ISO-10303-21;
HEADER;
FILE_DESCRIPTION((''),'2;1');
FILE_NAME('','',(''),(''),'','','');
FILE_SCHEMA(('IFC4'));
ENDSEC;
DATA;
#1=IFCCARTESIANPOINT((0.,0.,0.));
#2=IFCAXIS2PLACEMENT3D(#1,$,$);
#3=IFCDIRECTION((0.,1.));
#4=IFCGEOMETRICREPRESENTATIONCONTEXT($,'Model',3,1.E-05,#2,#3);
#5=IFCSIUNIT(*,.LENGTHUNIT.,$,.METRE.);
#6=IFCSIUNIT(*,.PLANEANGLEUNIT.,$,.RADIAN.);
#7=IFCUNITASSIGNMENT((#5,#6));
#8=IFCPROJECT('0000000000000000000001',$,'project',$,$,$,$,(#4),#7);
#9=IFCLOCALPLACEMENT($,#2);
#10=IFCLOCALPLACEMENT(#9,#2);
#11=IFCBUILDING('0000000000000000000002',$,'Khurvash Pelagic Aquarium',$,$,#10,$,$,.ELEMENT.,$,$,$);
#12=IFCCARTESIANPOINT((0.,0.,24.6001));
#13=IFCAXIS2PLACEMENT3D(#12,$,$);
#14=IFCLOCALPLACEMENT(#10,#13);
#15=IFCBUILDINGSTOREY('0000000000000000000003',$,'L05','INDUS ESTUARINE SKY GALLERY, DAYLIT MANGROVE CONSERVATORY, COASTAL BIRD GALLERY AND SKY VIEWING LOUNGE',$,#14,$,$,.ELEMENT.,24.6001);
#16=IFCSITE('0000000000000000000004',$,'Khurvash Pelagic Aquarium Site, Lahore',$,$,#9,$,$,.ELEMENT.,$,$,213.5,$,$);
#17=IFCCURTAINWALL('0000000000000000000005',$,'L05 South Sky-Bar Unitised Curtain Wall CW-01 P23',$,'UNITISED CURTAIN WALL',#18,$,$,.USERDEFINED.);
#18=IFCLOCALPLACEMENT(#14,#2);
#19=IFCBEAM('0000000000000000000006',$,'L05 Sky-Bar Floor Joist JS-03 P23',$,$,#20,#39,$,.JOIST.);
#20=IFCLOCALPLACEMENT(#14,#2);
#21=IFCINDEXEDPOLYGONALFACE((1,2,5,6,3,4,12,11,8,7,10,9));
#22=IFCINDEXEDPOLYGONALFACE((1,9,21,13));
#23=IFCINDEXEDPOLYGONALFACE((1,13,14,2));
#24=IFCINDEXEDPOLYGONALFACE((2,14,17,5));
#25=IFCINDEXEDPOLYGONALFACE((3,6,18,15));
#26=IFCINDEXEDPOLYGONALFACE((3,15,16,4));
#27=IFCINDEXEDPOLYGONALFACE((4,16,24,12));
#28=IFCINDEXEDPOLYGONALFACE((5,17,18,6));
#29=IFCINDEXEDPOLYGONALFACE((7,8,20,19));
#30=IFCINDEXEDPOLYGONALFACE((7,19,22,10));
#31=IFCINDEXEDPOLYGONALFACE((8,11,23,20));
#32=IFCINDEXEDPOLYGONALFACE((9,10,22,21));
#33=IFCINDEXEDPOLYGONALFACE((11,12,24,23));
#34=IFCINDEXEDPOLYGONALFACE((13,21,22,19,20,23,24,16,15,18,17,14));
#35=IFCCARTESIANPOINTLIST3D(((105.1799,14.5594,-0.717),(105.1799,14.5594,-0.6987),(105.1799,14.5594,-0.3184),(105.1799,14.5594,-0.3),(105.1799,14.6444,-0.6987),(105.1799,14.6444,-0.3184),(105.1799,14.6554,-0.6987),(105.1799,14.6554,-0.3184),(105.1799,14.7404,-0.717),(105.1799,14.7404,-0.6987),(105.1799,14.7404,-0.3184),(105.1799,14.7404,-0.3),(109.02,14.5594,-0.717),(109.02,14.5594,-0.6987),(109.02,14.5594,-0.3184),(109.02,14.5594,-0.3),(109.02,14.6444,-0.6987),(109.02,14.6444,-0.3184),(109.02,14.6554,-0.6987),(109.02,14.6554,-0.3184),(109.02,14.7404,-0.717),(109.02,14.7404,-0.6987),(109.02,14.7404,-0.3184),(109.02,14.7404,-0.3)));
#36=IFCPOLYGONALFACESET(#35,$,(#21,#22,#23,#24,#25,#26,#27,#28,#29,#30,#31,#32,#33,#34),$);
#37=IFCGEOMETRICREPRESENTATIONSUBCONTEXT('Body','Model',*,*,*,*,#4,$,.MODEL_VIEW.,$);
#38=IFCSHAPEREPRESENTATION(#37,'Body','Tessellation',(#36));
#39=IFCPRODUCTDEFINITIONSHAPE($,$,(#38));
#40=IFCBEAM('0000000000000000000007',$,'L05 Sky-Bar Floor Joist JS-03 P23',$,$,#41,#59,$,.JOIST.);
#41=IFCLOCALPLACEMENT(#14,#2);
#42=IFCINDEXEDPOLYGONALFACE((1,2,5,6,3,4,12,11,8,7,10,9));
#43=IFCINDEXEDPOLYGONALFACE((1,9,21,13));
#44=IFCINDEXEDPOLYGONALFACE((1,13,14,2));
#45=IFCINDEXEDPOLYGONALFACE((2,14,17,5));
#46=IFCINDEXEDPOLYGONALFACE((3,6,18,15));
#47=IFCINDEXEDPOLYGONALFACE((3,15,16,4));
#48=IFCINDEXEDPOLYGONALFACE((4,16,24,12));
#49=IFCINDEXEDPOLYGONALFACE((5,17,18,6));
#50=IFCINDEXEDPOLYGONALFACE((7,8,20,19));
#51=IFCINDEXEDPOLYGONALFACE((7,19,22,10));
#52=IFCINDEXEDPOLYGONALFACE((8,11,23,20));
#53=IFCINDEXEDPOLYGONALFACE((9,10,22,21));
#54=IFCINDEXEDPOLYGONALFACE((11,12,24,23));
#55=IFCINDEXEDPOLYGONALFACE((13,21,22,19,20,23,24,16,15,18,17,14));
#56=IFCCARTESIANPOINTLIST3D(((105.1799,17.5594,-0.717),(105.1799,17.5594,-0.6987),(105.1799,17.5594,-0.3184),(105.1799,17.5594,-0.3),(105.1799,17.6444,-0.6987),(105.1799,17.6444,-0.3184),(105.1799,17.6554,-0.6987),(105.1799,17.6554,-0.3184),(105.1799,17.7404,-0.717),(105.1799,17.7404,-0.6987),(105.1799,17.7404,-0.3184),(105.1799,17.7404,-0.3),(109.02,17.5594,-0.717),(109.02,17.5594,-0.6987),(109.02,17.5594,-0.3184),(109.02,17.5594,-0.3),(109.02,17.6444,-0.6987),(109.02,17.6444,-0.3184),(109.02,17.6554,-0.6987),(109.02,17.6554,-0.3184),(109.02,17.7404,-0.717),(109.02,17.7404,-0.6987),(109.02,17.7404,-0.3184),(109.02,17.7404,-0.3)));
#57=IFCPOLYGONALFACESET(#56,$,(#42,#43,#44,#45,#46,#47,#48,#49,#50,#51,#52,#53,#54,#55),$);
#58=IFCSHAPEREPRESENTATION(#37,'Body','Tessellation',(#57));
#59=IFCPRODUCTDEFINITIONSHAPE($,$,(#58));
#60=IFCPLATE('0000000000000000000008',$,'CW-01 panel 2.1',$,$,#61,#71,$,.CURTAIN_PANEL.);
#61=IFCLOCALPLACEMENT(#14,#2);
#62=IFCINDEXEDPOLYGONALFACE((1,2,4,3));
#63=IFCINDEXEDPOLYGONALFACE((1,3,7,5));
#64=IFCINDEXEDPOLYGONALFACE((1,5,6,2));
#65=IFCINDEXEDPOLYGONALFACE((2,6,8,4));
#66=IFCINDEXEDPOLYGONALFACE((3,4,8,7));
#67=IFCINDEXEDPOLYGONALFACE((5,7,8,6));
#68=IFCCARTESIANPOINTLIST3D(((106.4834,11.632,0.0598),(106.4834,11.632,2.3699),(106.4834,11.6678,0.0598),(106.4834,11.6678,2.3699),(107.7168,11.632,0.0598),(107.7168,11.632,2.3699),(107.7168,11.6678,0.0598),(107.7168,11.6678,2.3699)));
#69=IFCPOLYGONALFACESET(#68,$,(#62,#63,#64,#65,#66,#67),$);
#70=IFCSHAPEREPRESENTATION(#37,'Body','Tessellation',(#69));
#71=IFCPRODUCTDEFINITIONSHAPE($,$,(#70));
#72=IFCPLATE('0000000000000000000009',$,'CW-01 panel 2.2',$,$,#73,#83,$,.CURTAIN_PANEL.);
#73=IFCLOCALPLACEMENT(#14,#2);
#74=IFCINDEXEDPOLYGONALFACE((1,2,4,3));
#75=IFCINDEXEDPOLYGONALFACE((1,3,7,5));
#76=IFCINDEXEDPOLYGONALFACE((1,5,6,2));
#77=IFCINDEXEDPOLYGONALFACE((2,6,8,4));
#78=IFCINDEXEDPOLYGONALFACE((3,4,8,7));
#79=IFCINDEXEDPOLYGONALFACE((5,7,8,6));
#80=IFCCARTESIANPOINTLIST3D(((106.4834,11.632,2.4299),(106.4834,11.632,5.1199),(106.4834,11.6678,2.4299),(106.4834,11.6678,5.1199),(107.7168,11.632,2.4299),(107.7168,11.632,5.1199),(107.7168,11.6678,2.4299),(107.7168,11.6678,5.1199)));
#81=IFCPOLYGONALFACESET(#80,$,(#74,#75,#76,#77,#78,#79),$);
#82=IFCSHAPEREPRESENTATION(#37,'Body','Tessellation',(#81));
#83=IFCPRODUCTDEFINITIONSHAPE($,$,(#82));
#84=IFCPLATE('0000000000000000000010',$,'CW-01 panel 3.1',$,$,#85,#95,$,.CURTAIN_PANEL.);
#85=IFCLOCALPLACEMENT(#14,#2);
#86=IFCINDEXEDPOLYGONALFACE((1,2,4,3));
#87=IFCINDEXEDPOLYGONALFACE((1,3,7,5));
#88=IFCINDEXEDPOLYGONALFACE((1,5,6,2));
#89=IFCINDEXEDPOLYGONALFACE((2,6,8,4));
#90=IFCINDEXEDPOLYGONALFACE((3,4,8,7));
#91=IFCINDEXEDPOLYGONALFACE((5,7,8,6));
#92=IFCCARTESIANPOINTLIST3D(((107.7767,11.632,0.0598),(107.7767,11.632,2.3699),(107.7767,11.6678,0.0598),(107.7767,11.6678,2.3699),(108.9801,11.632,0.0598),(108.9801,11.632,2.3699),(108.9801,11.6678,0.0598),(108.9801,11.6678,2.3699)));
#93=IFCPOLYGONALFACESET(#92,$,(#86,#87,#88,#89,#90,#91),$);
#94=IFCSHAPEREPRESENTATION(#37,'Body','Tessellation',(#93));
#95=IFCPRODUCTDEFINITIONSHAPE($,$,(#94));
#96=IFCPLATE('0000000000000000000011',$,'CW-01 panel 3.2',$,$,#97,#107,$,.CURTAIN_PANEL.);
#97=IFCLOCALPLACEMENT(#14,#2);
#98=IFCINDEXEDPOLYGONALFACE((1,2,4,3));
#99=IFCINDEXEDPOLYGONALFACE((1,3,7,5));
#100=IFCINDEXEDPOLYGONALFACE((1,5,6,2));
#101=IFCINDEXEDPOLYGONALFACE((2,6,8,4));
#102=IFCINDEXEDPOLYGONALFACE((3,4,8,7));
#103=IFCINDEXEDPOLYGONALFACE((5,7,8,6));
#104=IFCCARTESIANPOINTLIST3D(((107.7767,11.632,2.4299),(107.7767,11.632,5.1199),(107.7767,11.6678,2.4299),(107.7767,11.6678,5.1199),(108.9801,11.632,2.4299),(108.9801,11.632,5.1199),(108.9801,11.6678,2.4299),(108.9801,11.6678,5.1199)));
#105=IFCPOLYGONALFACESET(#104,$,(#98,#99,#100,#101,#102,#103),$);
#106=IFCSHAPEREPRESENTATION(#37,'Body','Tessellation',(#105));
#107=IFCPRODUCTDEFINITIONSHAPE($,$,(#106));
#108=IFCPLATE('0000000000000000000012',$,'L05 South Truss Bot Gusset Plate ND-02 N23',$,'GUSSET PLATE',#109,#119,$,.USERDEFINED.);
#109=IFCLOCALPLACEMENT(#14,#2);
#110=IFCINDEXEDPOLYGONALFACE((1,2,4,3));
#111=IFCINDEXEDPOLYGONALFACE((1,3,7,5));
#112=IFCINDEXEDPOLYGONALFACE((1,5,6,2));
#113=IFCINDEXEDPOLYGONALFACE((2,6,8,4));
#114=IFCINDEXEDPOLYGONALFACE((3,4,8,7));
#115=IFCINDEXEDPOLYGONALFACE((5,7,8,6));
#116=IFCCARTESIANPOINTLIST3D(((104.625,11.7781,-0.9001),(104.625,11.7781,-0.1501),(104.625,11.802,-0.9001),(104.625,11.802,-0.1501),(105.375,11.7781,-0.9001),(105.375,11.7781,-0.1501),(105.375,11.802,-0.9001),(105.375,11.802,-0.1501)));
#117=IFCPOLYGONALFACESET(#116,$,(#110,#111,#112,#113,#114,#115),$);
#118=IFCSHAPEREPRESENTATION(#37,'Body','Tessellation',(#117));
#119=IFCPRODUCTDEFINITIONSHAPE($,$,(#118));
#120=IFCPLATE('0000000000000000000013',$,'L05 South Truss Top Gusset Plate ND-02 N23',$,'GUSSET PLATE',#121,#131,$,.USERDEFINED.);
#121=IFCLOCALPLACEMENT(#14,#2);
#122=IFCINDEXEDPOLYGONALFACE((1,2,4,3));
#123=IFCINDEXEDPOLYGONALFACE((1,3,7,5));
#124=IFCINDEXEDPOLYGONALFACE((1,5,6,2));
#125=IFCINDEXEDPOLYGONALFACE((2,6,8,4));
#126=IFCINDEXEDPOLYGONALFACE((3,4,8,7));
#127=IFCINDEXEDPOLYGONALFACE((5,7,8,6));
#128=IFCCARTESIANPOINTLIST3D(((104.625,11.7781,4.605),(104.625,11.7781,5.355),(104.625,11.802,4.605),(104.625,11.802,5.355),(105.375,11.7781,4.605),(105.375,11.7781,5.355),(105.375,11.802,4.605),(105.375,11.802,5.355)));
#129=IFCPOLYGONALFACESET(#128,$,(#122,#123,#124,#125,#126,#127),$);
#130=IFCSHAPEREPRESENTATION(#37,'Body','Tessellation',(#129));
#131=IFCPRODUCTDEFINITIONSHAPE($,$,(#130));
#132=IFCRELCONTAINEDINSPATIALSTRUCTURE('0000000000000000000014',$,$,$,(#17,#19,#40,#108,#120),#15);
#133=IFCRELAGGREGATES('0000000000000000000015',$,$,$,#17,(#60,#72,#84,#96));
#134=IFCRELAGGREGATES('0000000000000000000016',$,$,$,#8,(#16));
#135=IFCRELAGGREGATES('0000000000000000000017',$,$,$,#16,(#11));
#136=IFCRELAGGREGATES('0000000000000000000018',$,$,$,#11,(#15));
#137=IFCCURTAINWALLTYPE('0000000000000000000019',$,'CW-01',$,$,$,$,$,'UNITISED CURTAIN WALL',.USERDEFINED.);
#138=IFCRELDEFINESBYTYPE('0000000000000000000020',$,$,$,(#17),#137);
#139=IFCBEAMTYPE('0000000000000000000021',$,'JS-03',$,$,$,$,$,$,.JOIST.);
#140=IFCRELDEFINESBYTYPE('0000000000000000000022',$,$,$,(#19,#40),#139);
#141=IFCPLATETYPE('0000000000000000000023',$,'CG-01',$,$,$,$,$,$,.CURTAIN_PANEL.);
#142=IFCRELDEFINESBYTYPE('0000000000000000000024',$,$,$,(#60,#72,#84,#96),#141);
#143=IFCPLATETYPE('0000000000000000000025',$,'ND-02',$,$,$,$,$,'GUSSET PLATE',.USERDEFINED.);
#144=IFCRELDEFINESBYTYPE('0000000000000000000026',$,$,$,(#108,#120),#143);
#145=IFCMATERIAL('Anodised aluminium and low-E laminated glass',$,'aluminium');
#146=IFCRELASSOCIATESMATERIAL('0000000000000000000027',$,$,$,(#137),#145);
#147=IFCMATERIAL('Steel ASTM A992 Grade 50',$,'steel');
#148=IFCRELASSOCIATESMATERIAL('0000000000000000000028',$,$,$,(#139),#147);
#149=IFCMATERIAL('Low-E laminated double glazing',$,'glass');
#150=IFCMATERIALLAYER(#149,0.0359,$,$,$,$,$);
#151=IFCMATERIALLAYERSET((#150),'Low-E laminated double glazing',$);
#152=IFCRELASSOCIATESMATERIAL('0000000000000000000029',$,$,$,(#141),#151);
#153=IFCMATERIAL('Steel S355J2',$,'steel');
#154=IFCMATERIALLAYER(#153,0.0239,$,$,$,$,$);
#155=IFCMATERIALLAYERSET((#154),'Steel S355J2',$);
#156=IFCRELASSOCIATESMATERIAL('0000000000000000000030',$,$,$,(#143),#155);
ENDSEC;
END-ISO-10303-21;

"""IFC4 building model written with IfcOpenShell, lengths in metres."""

from ifc_helpers import new_model, si_unit, direction, frame, origin, origin_2d, place, context, subcontext, project, spatial, rectangle, i_section, extrude, material, layer, layer_set, material_profile, profile_set, type_object, element, aggregate, save


model = new_model("IFC4")

# Units and contexts
model_context = context("Model", 3, precision=1e-05, world=origin(), true_north=direction((0.0, 1.0)))
body_context = subcontext(model_context, "Body", "Model", "MODEL_VIEW")
ifc_project = project(units=[si_unit("LENGTHUNIT", "METRE"), si_unit("PLANEANGLEUNIT", "RADIAN")], contexts=[model_context])

# Site, building, storey
site_placement = place(None, origin())
site = spatial("IfcSite", under=ifc_project, at=site_placement, Name="Khurvash Pelagic Aquarium Site, Lahore", CompositionType="ELEMENT", RefElevation=213.5)
building_placement = place(site_placement, origin())
building = spatial("IfcBuilding", under=site, at=building_placement, Name="Khurvash Pelagic Aquarium", CompositionType="ELEMENT")
storey_placement = place(building_placement, frame((0.0, 0.0, 24.6001)))
storey = spatial("IfcBuildingStorey", under=building, at=storey_placement, Name="L05", Description="INDUS ESTUARINE SKY GALLERY, DAYLIT MANGROVE CONSERVATORY, COASTAL BIRD GALLERY AND SKY VIEWING LOUNGE", CompositionType="ELEMENT", Elevation=24.6001)

# Shared definitions
ifc_material_1 = material(Name="Steel ASTM A992 Grade 50", Category="steel")

# Curtain wall
ifc_material_2 = material(Name="Anodised aluminium and low-E laminated glass", Category="aluminium")
curtain_wall_type = type_object("IfcCurtainWallType", Name="CW-01", ElementType="UNITISED CURTAIN WALL", PredefinedType="USERDEFINED", material=ifc_material_2)
curtain_wall_placement = place(storey_placement, origin())
curtain_wall = element("IfcCurtainWall", 1, at=curtain_wall_placement, inside=storey, type_object=curtain_wall_type, Name="L05 South Sky-Bar Unitised Curtain Wall CW-01 P23", ObjectType="UNITISED CURTAIN WALL", PredefinedType="USERDEFINED")

# Beams
ifc_material_profile_1 = material_profile(ifc_material_1, i_section(OverallWidth=0.1809, OverallDepth=0.417, WebThickness=0.011, FlangeThickness=0.0183, at=origin_2d()), Name="W16X57")
ifc_profile_set_1 = profile_set([ifc_material_profile_1], Name="Steel ASTM A992 Grade 50")
beam_type_1 = type_object("IfcBeamType", Name="JS-03", PredefinedType="JOIST", material=ifc_profile_set_1)
for number, where, z_axis, x_axis, name in (
    (2, (105.1799, 14.6499, -0.5085), (1.0, 0.0, 0.0), (0.0, 1.0, 0.0), "L05 Sky-Bar Floor Joist JS-03 P23"),
    (3, (105.1799, 17.6499, -0.5085), (1.0, 0.0, 0.0), (0.0, 1.0, 0.0), "L05 Sky-Bar Floor Joist JS-03 P23"),
):
    element("IfcBeam", number, at=place(storey_placement, frame(where, z_axis=z_axis, x_axis=x_axis)), inside=storey, type_object=beam_type_1, Name=name, PredefinedType="JOIST", context=body_context, shape_type="SweptSolid", body=[
        extrude(i_section(OverallWidth=0.1809, OverallDepth=0.417, WebThickness=0.011, FlangeThickness=0.0183, at=origin_2d()), origin(), (0.0, 0.0, 1.0), 3.8401),
    ])

# Plates
ifc_material_3 = material(Name="Low-E laminated double glazing", Category="glass")
ifc_layer_1 = layer(ifc_material_3, 0.0359)
ifc_layer_set_1 = layer_set([ifc_layer_1], Name="Low-E laminated double glazing")
plate_type_1 = type_object("IfcPlateType", Name="CG-01", PredefinedType="CURTAIN_PANEL", material=ifc_layer_set_1)
plate_1_placement = place(storey_placement, frame((107.1001, 11.6499, 0.0598), z_axis=(0.0, 0.0, 1.0), x_axis=(1.0, 0.0, 0.0)))
plate_1 = element("IfcPlate", 4, at=plate_1_placement, type_object=plate_type_1, Name="CW-01 panel 2.1", PredefinedType="CURTAIN_PANEL", context=body_context, shape_type="SweptSolid", body=[
    extrude(rectangle(XDim=1.2334, YDim=0.0359, at=origin_2d()), origin(), (0.0, 0.0, 1.0), 2.3101),
])
plate_2_placement = place(storey_placement, frame((107.1001, 11.6499, 2.4299), z_axis=(0.0, 0.0, 1.0), x_axis=(1.0, 0.0, 0.0)))
plate_2 = element("IfcPlate", 5, at=plate_2_placement, type_object=plate_type_1, Name="CW-01 panel 2.2", PredefinedType="CURTAIN_PANEL", context=body_context, shape_type="SweptSolid", body=[
    extrude(rectangle(XDim=1.2334, YDim=0.0359, at=origin_2d()), origin(), (0.0, 0.0, 1.0), 2.6899),
])
plate_3_placement = place(storey_placement, frame((108.3784, 11.6499, 0.0598), z_axis=(0.0, 0.0, 1.0), x_axis=(1.0, 0.0, 0.0)))
plate_3 = element("IfcPlate", 6, at=plate_3_placement, type_object=plate_type_1, Name="CW-01 panel 3.1", PredefinedType="CURTAIN_PANEL", context=body_context, shape_type="SweptSolid", body=[
    extrude(rectangle(XDim=1.2034, YDim=0.0359, at=origin_2d()), origin(), (0.0, 0.0, 1.0), 2.3101),
])
plate_4_placement = place(storey_placement, frame((108.3784, 11.6499, 2.4299), z_axis=(0.0, 0.0, 1.0), x_axis=(1.0, 0.0, 0.0)))
plate_4 = element("IfcPlate", 7, at=plate_4_placement, type_object=plate_type_1, Name="CW-01 panel 3.2", PredefinedType="CURTAIN_PANEL", context=body_context, shape_type="SweptSolid", body=[
    extrude(rectangle(XDim=1.2034, YDim=0.0359, at=origin_2d()), origin(), (0.0, 0.0, 1.0), 2.6899),
])
aggregate(curtain_wall, [plate_1, plate_2, plate_3, plate_4])

# Plates
ifc_material_4 = material(Name="Steel S355J2", Category="steel")
ifc_layer_2 = layer(ifc_material_4, 0.0239)
ifc_layer_set_2 = layer_set([ifc_layer_2], Name="Steel S355J2")
plate_type_2 = type_object("IfcPlateType", Name="ND-02", ElementType="GUSSET PLATE", PredefinedType="USERDEFINED", material=ifc_layer_set_2)
for number, where, z_axis, x_axis, name in (
    (8, (105.0, 11.79, -0.9001), (0.0, 0.0, 1.0), (1.0, 0.0, 0.0), "L05 South Truss Bot Gusset Plate ND-02 N23"),
    (9, (105.0, 11.79, 4.605), (0.0, 0.0, 1.0), (1.0, 0.0, 0.0), "L05 South Truss Top Gusset Plate ND-02 N23"),
):
    element("IfcPlate", number, at=place(storey_placement, frame(where, z_axis=z_axis, x_axis=x_axis)), inside=storey, type_object=plate_type_2, Name=name, ObjectType="GUSSET PLATE", PredefinedType="USERDEFINED", context=body_context, shape_type="SweptSolid", body=[
        extrude(rectangle(XDim=0.75, YDim=0.0239, at=origin_2d()), origin(), (0.0, 0.0, 1.0), 0.75),
    ])

save(model, "model.ifc")
